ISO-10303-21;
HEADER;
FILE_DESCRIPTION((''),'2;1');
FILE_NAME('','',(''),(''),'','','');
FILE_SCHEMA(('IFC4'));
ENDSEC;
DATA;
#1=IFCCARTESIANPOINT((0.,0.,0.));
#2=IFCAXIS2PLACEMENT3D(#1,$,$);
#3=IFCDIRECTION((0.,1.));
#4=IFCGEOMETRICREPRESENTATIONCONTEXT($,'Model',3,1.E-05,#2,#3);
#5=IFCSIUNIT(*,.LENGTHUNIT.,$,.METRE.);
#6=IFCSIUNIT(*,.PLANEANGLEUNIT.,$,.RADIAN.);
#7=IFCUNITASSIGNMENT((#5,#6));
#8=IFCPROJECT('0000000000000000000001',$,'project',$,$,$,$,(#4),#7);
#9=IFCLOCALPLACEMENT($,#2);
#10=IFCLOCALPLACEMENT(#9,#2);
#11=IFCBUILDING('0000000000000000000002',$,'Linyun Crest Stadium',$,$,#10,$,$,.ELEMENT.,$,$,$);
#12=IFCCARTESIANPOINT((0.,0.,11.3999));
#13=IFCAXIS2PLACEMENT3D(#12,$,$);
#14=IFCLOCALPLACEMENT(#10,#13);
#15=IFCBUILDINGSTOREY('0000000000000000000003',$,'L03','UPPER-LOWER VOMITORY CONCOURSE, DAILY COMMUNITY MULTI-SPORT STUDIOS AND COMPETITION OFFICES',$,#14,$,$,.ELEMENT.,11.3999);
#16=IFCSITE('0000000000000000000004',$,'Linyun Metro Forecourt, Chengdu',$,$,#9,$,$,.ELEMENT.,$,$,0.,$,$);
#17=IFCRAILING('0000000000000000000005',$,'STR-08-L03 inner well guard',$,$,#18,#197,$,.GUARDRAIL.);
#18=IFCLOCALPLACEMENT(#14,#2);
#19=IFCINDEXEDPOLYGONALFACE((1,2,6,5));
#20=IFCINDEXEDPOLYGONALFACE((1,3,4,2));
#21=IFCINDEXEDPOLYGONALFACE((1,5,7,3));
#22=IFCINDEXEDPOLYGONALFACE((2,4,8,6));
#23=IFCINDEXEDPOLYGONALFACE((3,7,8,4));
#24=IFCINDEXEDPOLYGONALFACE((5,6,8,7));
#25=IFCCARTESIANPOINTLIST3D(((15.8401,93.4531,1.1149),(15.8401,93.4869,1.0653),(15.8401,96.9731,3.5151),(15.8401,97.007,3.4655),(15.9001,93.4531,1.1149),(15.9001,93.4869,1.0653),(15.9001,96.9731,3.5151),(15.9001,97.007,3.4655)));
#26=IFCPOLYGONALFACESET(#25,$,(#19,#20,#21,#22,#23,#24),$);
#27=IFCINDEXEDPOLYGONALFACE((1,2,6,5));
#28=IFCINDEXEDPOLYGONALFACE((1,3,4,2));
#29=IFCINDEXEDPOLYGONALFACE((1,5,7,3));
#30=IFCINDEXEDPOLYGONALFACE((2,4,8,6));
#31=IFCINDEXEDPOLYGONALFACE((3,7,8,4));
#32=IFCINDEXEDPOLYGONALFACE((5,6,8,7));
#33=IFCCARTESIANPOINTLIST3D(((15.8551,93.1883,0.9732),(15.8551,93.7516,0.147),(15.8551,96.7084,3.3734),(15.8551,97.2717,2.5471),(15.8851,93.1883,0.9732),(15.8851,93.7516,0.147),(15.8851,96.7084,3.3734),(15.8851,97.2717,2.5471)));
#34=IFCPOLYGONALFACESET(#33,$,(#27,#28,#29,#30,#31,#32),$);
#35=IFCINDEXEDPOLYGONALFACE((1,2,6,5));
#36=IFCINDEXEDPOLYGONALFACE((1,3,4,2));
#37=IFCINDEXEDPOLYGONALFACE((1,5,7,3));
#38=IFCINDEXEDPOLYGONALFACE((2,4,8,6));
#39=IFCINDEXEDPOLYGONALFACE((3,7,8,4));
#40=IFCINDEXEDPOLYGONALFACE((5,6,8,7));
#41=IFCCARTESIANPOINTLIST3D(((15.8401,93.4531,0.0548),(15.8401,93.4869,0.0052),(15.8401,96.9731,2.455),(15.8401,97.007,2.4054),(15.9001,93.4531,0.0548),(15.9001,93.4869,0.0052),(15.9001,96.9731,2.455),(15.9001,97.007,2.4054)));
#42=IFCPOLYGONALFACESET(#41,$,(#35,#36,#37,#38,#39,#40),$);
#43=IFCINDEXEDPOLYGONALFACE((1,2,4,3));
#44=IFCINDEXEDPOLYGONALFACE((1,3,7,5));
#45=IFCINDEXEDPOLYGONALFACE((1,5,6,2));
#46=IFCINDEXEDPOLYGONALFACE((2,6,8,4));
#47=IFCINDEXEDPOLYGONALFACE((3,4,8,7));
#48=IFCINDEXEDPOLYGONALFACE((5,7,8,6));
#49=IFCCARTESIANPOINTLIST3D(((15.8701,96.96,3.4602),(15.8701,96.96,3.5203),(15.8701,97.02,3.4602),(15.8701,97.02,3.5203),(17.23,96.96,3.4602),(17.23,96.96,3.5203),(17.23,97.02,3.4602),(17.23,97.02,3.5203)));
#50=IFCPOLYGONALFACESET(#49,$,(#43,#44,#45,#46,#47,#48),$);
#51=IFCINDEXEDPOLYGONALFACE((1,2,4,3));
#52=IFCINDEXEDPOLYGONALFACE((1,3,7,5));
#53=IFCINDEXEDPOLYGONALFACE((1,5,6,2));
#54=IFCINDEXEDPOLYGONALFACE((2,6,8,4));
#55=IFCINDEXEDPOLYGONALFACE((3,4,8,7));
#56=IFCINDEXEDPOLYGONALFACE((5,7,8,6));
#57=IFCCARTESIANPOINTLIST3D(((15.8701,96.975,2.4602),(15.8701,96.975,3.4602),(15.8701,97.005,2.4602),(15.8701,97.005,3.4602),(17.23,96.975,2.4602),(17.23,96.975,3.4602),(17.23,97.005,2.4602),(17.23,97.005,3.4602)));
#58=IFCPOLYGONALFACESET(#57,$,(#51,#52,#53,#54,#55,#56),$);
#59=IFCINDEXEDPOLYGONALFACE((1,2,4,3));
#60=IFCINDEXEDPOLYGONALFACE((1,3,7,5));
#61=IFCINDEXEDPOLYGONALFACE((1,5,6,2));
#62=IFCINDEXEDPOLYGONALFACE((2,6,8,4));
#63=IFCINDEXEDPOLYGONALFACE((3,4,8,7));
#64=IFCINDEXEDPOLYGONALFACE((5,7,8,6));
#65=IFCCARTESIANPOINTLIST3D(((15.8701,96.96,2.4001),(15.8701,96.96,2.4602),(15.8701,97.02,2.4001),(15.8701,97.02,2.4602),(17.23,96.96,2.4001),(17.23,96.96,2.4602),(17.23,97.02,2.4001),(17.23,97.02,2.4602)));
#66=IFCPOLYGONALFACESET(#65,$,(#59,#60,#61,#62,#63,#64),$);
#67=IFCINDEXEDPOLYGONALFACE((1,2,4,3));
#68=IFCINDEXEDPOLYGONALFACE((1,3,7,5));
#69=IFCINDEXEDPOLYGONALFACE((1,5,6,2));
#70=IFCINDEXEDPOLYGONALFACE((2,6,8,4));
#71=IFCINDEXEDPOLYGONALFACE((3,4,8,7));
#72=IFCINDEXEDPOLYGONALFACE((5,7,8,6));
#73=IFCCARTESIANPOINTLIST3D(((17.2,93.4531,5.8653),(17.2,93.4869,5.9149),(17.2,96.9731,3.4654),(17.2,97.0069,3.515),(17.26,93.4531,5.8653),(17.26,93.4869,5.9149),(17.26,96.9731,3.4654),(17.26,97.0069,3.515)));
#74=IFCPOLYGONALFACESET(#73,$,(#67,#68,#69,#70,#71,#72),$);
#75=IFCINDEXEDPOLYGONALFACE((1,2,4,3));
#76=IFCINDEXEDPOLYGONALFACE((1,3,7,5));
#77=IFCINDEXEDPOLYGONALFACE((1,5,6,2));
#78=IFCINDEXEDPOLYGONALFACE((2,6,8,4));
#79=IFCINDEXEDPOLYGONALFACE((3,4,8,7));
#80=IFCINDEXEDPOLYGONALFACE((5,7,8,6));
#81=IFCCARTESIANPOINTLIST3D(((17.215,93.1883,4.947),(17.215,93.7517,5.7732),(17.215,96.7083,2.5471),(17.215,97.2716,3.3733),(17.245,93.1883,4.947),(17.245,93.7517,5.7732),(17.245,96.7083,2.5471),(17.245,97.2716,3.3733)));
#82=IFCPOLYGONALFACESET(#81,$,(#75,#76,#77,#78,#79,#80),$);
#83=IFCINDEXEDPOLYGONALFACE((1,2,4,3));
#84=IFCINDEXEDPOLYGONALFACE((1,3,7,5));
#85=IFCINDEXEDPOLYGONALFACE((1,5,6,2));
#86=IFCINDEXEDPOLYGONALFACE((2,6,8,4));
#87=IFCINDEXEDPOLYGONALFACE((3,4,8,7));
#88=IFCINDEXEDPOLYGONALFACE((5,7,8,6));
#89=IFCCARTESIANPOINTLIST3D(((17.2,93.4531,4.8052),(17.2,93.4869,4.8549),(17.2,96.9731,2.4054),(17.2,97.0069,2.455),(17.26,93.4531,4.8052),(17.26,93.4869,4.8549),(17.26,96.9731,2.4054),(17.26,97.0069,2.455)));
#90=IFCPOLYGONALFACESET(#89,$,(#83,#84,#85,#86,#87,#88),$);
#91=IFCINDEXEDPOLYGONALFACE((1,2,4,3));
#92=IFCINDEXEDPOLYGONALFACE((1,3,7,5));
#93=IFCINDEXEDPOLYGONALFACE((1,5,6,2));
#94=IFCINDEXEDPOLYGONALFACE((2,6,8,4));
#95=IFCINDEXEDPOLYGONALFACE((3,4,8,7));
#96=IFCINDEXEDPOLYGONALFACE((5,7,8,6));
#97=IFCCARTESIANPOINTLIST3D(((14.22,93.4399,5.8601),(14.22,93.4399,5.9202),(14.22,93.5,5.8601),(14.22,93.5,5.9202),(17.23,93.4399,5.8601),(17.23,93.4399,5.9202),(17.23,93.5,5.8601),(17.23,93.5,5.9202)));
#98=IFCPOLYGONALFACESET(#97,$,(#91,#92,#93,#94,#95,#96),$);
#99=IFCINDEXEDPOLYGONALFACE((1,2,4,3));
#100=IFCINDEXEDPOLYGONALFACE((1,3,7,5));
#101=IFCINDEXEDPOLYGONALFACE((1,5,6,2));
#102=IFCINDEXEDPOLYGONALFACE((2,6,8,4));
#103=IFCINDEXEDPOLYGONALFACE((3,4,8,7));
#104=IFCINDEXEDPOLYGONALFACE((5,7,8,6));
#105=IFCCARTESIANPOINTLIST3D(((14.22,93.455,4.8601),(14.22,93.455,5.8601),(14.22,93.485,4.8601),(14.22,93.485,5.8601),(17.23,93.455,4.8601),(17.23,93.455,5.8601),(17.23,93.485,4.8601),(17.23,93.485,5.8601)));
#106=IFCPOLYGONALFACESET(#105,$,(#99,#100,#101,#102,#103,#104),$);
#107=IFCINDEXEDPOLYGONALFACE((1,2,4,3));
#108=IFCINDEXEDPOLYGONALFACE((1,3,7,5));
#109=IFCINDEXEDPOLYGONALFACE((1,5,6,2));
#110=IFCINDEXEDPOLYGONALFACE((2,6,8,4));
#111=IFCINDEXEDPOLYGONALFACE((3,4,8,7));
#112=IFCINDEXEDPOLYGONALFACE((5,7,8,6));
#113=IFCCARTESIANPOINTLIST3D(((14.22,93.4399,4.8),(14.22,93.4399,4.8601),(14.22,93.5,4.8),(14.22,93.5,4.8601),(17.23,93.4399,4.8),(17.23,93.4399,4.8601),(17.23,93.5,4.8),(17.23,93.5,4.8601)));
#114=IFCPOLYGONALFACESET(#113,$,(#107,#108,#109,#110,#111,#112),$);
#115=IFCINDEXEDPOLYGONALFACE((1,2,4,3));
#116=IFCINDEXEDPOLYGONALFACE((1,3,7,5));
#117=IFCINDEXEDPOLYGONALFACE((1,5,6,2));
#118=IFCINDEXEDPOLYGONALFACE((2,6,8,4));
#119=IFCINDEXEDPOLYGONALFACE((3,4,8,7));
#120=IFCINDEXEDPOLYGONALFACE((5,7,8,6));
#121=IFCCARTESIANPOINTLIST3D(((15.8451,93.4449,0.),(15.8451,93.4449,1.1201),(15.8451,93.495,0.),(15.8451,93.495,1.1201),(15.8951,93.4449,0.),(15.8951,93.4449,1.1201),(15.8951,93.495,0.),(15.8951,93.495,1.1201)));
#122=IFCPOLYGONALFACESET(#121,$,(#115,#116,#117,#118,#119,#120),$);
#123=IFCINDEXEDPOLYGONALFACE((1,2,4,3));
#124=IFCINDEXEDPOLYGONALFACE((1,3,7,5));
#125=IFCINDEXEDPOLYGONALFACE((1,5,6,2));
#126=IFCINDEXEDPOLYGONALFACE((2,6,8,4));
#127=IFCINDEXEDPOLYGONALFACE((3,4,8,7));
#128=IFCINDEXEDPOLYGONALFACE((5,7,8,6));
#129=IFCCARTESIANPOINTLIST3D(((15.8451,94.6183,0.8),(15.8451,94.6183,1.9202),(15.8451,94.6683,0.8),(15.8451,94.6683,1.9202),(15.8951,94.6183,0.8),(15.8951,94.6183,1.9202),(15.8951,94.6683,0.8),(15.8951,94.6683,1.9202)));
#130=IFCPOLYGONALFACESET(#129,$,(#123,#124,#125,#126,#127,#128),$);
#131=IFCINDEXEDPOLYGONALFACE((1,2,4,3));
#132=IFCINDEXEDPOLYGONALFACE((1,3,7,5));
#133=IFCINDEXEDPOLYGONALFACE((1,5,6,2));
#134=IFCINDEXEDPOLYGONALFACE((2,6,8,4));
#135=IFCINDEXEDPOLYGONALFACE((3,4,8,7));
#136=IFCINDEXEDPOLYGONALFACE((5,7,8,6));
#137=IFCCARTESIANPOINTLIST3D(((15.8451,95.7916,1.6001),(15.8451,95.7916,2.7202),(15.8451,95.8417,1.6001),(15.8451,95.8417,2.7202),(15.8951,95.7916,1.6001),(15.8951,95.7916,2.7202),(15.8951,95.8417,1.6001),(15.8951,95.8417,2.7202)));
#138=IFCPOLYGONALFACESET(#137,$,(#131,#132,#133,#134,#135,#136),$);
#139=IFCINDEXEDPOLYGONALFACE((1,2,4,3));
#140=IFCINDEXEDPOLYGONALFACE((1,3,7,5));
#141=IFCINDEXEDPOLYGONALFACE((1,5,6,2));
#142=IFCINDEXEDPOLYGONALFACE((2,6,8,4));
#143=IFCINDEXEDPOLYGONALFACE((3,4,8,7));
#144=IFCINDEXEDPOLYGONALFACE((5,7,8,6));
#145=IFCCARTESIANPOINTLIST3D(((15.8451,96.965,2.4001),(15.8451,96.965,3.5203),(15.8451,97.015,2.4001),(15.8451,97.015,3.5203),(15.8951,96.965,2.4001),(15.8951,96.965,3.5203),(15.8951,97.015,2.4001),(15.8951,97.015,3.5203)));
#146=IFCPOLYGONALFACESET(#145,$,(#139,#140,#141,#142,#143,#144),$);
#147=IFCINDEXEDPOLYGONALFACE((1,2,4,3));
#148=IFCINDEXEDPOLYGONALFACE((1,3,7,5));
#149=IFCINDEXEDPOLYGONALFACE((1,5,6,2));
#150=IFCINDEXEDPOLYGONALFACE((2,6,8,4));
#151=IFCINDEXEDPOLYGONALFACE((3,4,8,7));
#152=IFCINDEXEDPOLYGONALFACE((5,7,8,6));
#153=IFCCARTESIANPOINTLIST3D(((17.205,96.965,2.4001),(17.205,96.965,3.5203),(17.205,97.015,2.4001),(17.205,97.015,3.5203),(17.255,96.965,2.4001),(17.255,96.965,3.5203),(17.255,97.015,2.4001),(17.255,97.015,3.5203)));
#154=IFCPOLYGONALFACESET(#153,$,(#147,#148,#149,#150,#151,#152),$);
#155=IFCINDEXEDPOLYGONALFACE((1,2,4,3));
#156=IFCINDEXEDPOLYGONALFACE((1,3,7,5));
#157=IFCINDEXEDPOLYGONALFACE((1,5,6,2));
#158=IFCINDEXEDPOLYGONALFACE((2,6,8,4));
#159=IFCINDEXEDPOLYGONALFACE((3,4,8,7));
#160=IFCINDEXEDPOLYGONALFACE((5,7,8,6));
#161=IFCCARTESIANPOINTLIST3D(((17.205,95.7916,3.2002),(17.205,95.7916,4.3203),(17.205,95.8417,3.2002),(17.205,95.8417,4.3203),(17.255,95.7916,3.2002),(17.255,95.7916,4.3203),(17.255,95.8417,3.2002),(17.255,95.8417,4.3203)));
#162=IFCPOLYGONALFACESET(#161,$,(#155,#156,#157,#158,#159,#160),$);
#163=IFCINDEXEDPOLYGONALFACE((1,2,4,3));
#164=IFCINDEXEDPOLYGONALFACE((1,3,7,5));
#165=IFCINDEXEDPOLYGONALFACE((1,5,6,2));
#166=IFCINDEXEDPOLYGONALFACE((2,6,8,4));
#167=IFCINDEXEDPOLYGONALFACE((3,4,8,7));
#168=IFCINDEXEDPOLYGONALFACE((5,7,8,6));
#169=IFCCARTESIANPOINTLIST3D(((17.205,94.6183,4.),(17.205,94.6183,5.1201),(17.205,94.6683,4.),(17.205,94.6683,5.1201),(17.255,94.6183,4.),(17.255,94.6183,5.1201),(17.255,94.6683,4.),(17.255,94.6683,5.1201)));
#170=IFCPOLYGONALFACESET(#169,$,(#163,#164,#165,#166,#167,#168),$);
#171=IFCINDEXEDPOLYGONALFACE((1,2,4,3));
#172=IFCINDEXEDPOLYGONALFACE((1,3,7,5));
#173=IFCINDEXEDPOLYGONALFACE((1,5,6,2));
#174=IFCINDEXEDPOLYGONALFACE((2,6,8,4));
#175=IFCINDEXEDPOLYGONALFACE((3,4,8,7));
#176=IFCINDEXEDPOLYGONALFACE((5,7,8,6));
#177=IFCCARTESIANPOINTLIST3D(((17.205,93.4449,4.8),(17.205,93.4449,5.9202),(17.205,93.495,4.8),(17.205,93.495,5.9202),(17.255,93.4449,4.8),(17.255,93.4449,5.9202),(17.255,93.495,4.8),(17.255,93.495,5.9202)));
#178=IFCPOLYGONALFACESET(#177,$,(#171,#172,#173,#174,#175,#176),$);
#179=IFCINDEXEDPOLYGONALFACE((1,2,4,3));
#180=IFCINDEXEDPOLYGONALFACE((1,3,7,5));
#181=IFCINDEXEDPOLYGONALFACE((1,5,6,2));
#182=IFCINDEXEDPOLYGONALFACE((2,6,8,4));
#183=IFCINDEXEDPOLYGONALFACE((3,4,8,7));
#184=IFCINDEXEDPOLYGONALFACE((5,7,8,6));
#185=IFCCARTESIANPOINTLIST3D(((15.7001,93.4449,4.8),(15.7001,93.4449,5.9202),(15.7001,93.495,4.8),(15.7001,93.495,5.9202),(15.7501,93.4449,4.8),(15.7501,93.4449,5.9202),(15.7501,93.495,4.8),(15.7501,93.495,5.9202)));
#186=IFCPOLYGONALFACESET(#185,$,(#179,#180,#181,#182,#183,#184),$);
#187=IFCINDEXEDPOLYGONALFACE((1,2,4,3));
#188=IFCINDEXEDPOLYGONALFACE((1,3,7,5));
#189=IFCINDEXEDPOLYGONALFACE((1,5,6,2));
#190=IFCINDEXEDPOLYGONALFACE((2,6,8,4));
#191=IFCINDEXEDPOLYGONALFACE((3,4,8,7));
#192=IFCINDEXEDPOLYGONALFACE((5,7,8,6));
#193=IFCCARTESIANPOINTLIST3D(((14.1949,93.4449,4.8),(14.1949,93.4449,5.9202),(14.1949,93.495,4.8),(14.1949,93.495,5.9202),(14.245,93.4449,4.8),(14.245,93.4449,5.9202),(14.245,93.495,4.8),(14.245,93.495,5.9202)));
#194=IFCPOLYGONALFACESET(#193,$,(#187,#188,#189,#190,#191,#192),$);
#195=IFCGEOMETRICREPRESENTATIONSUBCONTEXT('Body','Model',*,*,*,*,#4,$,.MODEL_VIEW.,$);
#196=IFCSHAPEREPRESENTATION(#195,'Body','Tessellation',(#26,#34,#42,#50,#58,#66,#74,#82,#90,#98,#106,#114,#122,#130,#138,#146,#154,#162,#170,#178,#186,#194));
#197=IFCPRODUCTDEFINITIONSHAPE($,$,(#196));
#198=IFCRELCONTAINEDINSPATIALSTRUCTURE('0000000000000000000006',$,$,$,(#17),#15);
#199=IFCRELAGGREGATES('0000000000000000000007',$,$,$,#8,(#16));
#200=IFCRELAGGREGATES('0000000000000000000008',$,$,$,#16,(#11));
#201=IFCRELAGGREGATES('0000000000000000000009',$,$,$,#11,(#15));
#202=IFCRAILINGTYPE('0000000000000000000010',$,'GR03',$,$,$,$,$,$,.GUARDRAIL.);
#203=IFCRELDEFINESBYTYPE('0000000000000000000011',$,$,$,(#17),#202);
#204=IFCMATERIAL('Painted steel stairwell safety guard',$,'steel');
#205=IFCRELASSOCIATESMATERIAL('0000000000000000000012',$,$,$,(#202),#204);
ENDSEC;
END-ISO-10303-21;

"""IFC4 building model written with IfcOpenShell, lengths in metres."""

from ifc_helpers import new_model, si_unit, direction, frame, origin, origin_2d, place, context, subcontext, project, spatial, rectangle, extrude, material, type_object, element, save


model = new_model("IFC4")

# Units and contexts
model_context = context("Model", 3, precision=1e-05, world=origin(), true_north=direction((0.0, 1.0)))
body_context = subcontext(model_context, "Body", "Model", "MODEL_VIEW")
ifc_project = project(units=[si_unit("LENGTHUNIT", "METRE"), si_unit("PLANEANGLEUNIT", "RADIAN")], contexts=[model_context])

# Site, building, storey
site_placement = place(None, origin())
site = spatial("IfcSite", under=ifc_project, at=site_placement, Name="Linyun Metro Forecourt, Chengdu", CompositionType="ELEMENT", RefElevation=0.0)
building_placement = place(site_placement, origin())
building = spatial("IfcBuilding", under=site, at=building_placement, Name="Linyun Crest Stadium", CompositionType="ELEMENT")
storey_placement = place(building_placement, frame((0.0, 0.0, 11.3999)))
storey = spatial("IfcBuildingStorey", under=building, at=storey_placement, Name="L03", Description="UPPER-LOWER VOMITORY CONCOURSE, DAILY COMMUNITY MULTI-SPORT STUDIOS AND COMPETITION OFFICES", CompositionType="ELEMENT", Elevation=11.3999)

# Railing
ifc_material_1 = material(Name="Painted steel stairwell safety guard", Category="steel")
railing_type_1 = type_object("IfcRailingType", Name="GR03", PredefinedType="GUARDRAIL", material=ifc_material_1)
railing_1_placement = place(storey_placement, frame((15.8701, 93.47, 0.0)))
element("IfcRailing", 1, at=railing_1_placement, inside=storey, type_object=railing_type_1, Name="STR-08-L03 inner well guard", PredefinedType="GUARDRAIL", context=body_context, shape_type="SweptSolid", body=[
    extrude(rectangle(XDim=0.0601, YDim=0.0601, at=origin_2d()), frame((0.0, 0.0, 1.0901), z_axis=(0.0, 0.826213, 0.563358), x_axis=(-1.0, 0.0, 0.0)), (0.0, 0.0, 1.0), 4.2605),
    extrude(rectangle(XDim=0.03, YDim=1.0, at=origin_2d()), frame((0.0, 0.0, 0.5601), z_axis=(0.0, 0.826213, 0.563358), x_axis=(-1.0, 0.0, 0.0)), (0.0, 0.0, 1.0), 4.2605),
    extrude(rectangle(XDim=0.0601, YDim=0.0601, at=origin_2d()), frame((0.0, 0.0, 0.03), z_axis=(0.0, 0.826213, 0.563358), x_axis=(-1.0, 0.0, 0.0)), (0.0, 0.0, 1.0), 4.2605),
    extrude(rectangle(XDim=0.0601, YDim=0.0601, at=origin_2d()), frame((0.0, 3.52, 3.4902), z_axis=(1.0, 0.0, 0.0), x_axis=(0.0, 1.0, 0.0)), (0.0, 0.0, 1.0), 1.3599),
    extrude(rectangle(XDim=0.03, YDim=1.0, at=origin_2d()), frame((0.0, 3.52, 2.9602), z_axis=(1.0, 0.0, 0.0), x_axis=(0.0, 1.0, 0.0)), (0.0, 0.0, 1.0), 1.3599),
    extrude(rectangle(XDim=0.0601, YDim=0.0601, at=origin_2d()), frame((0.0, 3.52, 2.4302), z_axis=(1.0, 0.0, 0.0), x_axis=(0.0, 1.0, 0.0)), (0.0, 0.0, 1.0), 1.3599),
    extrude(rectangle(XDim=0.0601, YDim=0.0601, at=origin_2d()), frame((1.3599, 3.52, 3.4902), z_axis=(0.0, -0.826239, 0.563319), x_axis=(1.0, 0.0, 0.0)), (0.0, 0.0, 1.0), 4.2603),
    extrude(rectangle(XDim=0.03, YDim=1.0, at=origin_2d()), frame((1.3599, 3.52, 2.9602), z_axis=(0.0, -0.826239, 0.563319), x_axis=(1.0, 0.0, 0.0)), (0.0, 0.0, 1.0), 4.2603),
    extrude(rectangle(XDim=0.0601, YDim=0.0601, at=origin_2d()), frame((1.3599, 3.52, 2.4302), z_axis=(0.0, -0.826239, 0.563319), x_axis=(1.0, 0.0, 0.0)), (0.0, 0.0, 1.0), 4.2603),
    extrude(rectangle(XDim=0.0601, YDim=0.0601, at=origin_2d()), frame((1.3599, 0.0, 5.8901), z_axis=(-1.0, 0.0, 0.0), x_axis=(0.0, -1.0, 0.0)), (0.0, 0.0, 1.0), 3.01),
    extrude(rectangle(XDim=0.03, YDim=1.0, at=origin_2d()), frame((1.3599, 0.0, 5.3601), z_axis=(-1.0, 0.0, 0.0), x_axis=(0.0, -1.0, 0.0)), (0.0, 0.0, 1.0), 3.01),
    extrude(rectangle(XDim=0.0601, YDim=0.0601, at=origin_2d()), frame((1.3599, 0.0, 4.8301), z_axis=(-1.0, 0.0, 0.0), x_axis=(0.0, -1.0, 0.0)), (0.0, 0.0, 1.0), 3.01),
    extrude(rectangle(XDim=0.05, YDim=0.05, at=origin_2d()), origin(), (0.0, 0.0, 1.0), 1.1201),
    extrude(rectangle(XDim=0.05, YDim=0.05, at=origin_2d()), frame((0.0, 1.1733, 0.8)), (0.0, 0.0, 1.0), 1.1201),
    extrude(rectangle(XDim=0.05, YDim=0.05, at=origin_2d()), frame((0.0, 2.3467, 1.6001)), (0.0, 0.0, 1.0), 1.1201),
    extrude(rectangle(XDim=0.05, YDim=0.05, at=origin_2d()), frame((0.0, 3.52, 2.4001)), (0.0, 0.0, 1.0), 1.1201),
    extrude(rectangle(XDim=0.05, YDim=0.05, at=origin_2d()), frame((1.3599, 3.52, 2.4001)), (0.0, 0.0, 1.0), 1.1201),
    extrude(rectangle(XDim=0.05, YDim=0.05, at=origin_2d()), frame((1.3599, 2.3467, 3.2002)), (0.0, 0.0, 1.0), 1.1201),
    extrude(rectangle(XDim=0.05, YDim=0.05, at=origin_2d()), frame((1.3599, 1.1733, 4.0)), (0.0, 0.0, 1.0), 1.1201),
    extrude(rectangle(XDim=0.05, YDim=0.05, at=origin_2d()), frame((1.3599, 0.0, 4.8)), (0.0, 0.0, 1.0), 1.1201),
    extrude(rectangle(XDim=0.05, YDim=0.05, at=origin_2d()), frame((-0.145, 0.0, 4.8)), (0.0, 0.0, 1.0), 1.1201),
    extrude(rectangle(XDim=0.05, YDim=0.05, at=origin_2d()), frame((-1.6501, 0.0, 4.8)), (0.0, 0.0, 1.0), 1.1201),
])

save(model, "model.ifc")
